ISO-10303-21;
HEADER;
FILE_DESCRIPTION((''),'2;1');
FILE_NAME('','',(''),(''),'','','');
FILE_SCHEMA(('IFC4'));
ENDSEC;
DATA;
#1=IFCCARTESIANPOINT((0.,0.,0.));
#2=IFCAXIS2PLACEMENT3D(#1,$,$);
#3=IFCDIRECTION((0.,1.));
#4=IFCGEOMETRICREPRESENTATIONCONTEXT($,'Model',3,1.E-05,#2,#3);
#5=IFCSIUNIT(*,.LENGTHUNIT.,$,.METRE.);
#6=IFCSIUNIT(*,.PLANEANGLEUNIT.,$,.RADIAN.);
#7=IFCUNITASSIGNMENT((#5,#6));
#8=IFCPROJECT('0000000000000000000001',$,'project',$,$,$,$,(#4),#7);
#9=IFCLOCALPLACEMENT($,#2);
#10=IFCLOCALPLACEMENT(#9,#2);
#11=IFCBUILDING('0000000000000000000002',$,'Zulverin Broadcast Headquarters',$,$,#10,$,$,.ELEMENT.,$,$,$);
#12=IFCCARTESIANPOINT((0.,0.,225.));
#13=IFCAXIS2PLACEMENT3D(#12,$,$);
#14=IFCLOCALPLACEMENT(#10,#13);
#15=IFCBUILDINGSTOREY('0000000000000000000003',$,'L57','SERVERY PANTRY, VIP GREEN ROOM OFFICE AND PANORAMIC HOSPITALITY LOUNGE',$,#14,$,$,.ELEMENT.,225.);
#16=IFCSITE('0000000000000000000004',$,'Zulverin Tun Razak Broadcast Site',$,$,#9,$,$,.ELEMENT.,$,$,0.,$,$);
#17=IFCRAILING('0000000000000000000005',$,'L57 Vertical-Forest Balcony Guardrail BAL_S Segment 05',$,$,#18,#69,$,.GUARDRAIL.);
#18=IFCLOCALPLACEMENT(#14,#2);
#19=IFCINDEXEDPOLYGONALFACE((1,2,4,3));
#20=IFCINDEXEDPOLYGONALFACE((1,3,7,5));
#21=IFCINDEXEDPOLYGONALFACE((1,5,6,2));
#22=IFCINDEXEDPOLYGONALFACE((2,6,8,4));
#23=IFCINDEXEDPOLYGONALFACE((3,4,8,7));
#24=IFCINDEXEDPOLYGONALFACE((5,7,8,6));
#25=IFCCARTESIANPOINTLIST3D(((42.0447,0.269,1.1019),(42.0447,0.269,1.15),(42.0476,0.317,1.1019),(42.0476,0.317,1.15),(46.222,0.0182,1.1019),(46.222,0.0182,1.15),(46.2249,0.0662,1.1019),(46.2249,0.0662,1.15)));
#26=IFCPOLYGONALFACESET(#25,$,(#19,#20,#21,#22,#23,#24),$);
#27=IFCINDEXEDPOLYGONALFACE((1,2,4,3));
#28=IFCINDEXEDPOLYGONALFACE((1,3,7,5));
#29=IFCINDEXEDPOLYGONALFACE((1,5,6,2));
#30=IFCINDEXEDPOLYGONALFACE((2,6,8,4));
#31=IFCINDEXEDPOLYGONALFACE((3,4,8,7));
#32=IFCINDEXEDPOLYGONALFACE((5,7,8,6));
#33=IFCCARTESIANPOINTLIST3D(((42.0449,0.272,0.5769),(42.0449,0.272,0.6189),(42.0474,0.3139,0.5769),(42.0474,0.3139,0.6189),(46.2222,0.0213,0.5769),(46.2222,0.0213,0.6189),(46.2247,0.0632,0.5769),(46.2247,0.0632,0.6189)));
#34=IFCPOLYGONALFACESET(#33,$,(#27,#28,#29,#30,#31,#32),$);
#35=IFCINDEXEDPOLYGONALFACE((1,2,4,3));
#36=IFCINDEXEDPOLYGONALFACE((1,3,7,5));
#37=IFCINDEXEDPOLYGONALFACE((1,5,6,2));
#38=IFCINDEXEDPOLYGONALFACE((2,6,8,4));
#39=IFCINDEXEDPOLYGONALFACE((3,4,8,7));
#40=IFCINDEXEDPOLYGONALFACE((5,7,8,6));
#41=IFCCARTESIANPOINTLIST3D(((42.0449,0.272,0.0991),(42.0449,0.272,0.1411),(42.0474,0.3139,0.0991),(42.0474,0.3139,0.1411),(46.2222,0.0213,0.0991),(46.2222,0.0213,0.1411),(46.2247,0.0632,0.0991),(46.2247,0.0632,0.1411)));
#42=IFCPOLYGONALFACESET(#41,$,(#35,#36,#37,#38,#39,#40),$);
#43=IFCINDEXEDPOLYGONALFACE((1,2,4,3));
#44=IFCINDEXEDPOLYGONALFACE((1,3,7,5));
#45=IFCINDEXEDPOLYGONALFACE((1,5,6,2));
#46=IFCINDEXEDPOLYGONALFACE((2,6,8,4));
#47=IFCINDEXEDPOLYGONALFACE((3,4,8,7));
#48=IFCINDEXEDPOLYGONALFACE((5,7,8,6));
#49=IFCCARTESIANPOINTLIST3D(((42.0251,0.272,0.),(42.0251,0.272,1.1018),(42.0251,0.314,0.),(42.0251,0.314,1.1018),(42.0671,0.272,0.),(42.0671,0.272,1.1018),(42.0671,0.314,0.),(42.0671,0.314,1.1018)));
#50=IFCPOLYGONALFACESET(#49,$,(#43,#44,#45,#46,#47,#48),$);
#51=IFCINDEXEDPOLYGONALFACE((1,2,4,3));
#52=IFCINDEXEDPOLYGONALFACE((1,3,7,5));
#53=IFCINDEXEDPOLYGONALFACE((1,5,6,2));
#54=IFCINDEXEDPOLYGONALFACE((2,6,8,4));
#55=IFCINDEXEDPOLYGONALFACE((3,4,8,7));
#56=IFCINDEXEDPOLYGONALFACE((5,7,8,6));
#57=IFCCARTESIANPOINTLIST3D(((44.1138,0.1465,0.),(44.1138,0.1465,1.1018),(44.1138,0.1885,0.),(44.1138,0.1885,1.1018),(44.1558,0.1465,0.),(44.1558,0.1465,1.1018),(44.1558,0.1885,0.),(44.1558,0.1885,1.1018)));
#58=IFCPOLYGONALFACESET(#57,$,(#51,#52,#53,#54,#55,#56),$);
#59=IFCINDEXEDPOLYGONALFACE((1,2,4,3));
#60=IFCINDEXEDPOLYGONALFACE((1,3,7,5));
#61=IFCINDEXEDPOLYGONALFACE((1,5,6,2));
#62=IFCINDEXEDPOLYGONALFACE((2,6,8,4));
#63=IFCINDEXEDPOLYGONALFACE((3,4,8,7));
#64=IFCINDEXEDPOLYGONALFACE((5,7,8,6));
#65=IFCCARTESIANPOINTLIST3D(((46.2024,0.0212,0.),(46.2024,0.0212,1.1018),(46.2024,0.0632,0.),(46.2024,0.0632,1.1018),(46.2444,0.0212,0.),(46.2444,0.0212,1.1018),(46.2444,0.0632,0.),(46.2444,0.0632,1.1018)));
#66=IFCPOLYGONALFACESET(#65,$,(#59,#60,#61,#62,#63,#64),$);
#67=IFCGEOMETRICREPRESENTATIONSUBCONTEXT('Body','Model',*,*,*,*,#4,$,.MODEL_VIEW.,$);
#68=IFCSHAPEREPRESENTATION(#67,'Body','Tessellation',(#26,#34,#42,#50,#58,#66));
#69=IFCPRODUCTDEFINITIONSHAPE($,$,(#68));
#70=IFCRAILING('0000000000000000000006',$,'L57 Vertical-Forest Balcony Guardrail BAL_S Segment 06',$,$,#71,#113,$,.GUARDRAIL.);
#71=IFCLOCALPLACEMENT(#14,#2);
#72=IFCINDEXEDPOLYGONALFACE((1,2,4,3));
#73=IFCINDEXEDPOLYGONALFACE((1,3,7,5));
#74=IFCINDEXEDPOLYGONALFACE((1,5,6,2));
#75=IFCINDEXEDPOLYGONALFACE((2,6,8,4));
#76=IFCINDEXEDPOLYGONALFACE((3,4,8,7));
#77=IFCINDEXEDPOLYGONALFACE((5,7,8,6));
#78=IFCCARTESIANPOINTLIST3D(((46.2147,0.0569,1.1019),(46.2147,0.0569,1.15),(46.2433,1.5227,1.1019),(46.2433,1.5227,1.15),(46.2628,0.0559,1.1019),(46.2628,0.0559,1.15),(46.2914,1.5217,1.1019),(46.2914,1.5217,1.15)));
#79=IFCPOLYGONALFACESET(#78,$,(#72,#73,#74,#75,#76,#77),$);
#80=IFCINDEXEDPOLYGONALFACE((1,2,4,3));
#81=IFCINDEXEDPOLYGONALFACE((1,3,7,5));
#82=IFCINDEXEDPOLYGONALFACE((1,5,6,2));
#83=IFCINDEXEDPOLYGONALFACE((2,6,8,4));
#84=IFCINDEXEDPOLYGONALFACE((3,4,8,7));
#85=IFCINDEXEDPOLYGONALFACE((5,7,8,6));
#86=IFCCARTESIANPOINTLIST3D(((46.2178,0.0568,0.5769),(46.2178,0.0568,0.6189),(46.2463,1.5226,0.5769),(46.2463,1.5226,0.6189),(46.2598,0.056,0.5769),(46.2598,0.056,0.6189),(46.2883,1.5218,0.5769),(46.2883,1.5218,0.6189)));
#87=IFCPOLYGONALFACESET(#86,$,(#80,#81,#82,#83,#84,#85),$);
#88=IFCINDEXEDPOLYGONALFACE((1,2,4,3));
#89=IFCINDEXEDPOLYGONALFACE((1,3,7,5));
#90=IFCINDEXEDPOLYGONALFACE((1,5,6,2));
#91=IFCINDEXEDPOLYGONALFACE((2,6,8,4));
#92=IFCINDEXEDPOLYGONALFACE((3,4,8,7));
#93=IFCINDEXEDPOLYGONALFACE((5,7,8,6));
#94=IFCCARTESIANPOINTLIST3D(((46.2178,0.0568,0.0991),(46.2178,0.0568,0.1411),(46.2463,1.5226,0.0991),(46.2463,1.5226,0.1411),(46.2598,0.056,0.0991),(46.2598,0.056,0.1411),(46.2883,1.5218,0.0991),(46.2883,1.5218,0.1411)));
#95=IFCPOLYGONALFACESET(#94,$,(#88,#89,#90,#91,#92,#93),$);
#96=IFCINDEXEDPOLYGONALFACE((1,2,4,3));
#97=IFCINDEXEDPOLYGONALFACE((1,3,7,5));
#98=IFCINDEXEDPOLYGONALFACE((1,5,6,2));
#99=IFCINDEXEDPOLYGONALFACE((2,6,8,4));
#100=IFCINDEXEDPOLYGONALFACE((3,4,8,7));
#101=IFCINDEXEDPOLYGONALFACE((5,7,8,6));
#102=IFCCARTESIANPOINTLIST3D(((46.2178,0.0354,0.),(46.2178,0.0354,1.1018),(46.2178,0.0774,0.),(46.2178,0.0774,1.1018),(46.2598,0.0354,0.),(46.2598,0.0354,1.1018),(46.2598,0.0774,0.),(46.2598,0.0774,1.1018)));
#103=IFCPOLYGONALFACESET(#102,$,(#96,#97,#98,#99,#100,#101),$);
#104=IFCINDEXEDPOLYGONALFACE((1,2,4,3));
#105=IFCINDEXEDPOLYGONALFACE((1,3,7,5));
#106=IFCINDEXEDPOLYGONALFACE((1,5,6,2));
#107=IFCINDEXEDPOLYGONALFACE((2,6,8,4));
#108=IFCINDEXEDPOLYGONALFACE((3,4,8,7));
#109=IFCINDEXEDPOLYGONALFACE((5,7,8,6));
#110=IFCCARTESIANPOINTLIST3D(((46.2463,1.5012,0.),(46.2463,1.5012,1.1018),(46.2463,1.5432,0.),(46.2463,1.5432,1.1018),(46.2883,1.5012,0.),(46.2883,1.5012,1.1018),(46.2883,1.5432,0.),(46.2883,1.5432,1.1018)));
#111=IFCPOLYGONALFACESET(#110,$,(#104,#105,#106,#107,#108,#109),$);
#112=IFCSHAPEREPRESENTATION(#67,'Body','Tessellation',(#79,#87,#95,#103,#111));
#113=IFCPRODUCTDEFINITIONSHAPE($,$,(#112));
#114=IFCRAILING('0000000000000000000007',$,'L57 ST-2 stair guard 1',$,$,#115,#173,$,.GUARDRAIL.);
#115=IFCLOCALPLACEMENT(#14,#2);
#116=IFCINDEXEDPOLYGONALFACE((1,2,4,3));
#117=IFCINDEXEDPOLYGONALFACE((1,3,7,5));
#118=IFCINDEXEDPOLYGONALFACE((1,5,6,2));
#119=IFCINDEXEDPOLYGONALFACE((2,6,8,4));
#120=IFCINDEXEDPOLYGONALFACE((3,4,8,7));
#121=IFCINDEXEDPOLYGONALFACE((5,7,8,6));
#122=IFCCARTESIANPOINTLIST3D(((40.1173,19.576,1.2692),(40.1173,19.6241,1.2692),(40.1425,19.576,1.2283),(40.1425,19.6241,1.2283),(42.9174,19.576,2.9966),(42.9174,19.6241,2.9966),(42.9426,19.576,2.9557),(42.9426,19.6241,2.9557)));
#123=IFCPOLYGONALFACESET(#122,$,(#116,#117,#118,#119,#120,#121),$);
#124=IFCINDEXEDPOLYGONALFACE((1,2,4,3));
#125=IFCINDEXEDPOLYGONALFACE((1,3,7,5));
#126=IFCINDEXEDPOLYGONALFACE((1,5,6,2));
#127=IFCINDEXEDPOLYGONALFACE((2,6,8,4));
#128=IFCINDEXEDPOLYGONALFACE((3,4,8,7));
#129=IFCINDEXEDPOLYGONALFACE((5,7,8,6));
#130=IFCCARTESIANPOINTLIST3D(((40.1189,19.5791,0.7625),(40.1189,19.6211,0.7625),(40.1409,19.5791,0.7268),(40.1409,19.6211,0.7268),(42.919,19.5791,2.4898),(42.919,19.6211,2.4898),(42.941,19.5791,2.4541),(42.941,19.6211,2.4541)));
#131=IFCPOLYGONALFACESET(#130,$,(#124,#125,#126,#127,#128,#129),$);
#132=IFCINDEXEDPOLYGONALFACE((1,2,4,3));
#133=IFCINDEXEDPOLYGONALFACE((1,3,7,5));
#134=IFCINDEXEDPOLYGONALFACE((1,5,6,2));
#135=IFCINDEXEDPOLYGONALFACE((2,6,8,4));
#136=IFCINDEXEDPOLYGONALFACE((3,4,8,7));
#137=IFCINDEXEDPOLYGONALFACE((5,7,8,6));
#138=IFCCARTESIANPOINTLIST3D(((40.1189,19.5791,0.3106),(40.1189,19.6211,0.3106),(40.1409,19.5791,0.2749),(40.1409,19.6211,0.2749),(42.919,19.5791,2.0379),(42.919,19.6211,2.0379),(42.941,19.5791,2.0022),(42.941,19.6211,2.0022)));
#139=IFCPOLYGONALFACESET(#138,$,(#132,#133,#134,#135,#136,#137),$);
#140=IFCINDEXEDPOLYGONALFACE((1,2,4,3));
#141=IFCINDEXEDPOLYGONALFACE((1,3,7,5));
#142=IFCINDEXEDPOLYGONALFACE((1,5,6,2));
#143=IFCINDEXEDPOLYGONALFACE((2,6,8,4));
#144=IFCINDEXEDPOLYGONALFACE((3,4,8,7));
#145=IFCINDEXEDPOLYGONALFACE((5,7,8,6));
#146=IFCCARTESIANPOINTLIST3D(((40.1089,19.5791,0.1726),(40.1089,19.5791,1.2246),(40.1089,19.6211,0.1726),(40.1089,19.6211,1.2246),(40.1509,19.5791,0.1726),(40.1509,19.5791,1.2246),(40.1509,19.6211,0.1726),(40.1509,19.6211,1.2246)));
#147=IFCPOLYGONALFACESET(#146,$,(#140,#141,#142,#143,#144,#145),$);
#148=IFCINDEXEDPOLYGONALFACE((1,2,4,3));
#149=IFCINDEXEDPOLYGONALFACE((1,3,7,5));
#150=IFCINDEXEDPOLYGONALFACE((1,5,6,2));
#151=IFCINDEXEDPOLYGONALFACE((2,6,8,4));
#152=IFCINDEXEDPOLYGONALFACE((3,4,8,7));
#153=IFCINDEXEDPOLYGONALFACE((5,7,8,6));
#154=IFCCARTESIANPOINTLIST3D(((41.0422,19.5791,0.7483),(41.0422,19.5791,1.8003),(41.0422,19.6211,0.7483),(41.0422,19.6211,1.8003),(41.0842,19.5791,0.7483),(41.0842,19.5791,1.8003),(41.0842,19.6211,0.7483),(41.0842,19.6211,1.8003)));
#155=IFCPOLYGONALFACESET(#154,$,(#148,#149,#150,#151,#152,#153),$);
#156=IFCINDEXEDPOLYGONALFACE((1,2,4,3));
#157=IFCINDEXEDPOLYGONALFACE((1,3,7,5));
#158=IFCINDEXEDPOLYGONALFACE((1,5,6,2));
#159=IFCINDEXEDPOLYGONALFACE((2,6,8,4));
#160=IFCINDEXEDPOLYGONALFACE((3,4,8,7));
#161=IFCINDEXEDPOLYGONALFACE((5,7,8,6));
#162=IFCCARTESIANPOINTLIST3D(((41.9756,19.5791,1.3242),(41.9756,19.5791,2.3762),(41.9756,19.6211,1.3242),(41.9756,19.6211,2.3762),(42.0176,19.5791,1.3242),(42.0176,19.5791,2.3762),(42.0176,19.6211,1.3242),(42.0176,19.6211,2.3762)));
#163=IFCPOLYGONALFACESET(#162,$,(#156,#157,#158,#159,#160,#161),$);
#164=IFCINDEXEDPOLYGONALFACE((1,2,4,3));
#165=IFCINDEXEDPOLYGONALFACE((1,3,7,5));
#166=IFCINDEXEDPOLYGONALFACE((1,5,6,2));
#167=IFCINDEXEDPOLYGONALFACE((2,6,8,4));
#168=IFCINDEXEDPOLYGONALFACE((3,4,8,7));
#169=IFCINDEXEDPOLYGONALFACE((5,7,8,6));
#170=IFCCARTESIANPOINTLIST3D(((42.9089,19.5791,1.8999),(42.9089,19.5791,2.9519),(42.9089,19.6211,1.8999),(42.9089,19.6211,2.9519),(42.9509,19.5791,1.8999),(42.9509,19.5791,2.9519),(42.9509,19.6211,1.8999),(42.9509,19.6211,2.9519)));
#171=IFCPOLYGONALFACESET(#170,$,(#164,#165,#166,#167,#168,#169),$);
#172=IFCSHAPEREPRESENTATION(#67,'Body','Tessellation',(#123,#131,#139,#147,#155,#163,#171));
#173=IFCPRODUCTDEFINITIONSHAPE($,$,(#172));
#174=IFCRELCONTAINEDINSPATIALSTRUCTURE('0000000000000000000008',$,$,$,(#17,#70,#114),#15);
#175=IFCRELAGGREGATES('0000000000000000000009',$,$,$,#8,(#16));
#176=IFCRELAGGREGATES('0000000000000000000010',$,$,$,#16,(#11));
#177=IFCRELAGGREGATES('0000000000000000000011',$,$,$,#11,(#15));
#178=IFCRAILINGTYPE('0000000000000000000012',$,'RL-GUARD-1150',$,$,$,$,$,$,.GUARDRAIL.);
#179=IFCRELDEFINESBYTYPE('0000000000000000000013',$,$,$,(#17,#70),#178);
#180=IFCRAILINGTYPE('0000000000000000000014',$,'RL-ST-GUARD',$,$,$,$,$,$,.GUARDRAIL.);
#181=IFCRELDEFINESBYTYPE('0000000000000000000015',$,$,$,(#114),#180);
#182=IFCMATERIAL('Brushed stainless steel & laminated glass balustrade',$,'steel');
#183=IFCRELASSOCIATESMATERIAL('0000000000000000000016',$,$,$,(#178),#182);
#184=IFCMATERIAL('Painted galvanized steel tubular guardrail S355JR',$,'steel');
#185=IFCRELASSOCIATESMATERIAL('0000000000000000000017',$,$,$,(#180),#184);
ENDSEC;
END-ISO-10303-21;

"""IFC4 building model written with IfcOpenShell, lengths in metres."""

from ifc_helpers import new_model, si_unit, direction, frame, origin, origin_2d, place, context, subcontext, project, spatial, rectangle, extrude, material, type_object, element, save


model = new_model("IFC4")

# Units and contexts
model_context = context("Model", 3, precision=1e-05, world=origin(), true_north=direction((0.0, 1.0)))
body_context = subcontext(model_context, "Body", "Model", "MODEL_VIEW")
ifc_project = project(units=[si_unit("LENGTHUNIT", "METRE"), si_unit("PLANEANGLEUNIT", "RADIAN")], contexts=[model_context])

# Site, building, storey
site_placement = place(None, origin())
site = spatial("IfcSite", under=ifc_project, at=site_placement, Name="Zulverin Tun Razak Broadcast Site", CompositionType="ELEMENT", RefElevation=0.0)
building_placement = place(site_placement, origin())
building = spatial("IfcBuilding", under=site, at=building_placement, Name="Zulverin Broadcast Headquarters", CompositionType="ELEMENT")
storey_placement = place(building_placement, frame((0.0, 0.0, 225.0)))
storey = spatial("IfcBuildingStorey", under=building, at=storey_placement, Name="L57", Description="SERVERY PANTRY, VIP GREEN ROOM OFFICE AND PANORAMIC HOSPITALITY LOUNGE", CompositionType="ELEMENT", Elevation=225.0)

# Railings
ifc_material_1 = material(Name="Brushed stainless steel & laminated glass balustrade", Category="steel")
railing_type_1 = type_object("IfcRailingType", Name="RL-GUARD-1150", PredefinedType="GUARDRAIL", material=ifc_material_1)
railing_1_placement = place(storey_placement, frame((42.0461, 0.293, 0.0)))
element("IfcRailing", 1, at=railing_1_placement, inside=storey, type_object=railing_type_1, Name="L57 Vertical-Forest Balcony Guardrail BAL_S Segment 05", PredefinedType="GUARDRAIL", context=body_context, shape_type="SweptSolid", body=[
    extrude(rectangle(XDim=0.0481, YDim=0.0481, at=origin_2d()), frame((0.0, 0.0, 1.126), z_axis=(0.998203, -0.059916, 0.0), x_axis=(0.059916, 0.998203, 0.0)), (0.0, 0.0, 1.0), 4.1848),
    extrude(rectangle(XDim=0.042, YDim=0.042, at=origin_2d()), frame((0.0, 0.0, 0.5979), z_axis=(0.998203, -0.059916, 0.0), x_axis=(0.059916, 0.998203, 0.0)), (0.0, 0.0, 1.0), 4.1848),
    extrude(rectangle(XDim=0.042, YDim=0.042, at=origin_2d()), frame((0.0, 0.0, 0.1201), z_axis=(0.998203, -0.059916, 0.0), x_axis=(0.059916, 0.998203, 0.0)), (0.0, 0.0, 1.0), 4.1848),
    extrude(rectangle(XDim=0.042, YDim=0.042, at=origin_2d()), origin(), (0.0, 0.0, 1.0), 1.1018),
    extrude(rectangle(XDim=0.042, YDim=0.042, at=origin_2d()), frame((2.0886, -0.1255, 0.0)), (0.0, 0.0, 1.0), 1.1018),
    extrude(rectangle(XDim=0.042, YDim=0.042, at=origin_2d()), frame((4.1772, -0.2507, 0.0)), (0.0, 0.0, 1.0), 1.1018),
])
railing_2_placement = place(storey_placement, frame((46.2388, 0.0564, 0.0)))
element("IfcRailing", 2, at=railing_2_placement, inside=storey, type_object=railing_type_1, Name="L57 Vertical-Forest Balcony Guardrail BAL_S Segment 06", PredefinedType="GUARDRAIL", context=body_context, shape_type="SweptSolid", body=[
    extrude(rectangle(XDim=0.0481, YDim=0.0481, at=origin_2d()), frame((0.0, 0.0, 1.126), z_axis=(0.019483, 0.99981, 0.0), x_axis=(-0.99981, 0.019483, 0.0)), (0.0, 0.0, 1.0), 1.4661),
    extrude(rectangle(XDim=0.042, YDim=0.042, at=origin_2d()), frame((0.0, 0.0, 0.5979), z_axis=(0.019483, 0.99981, 0.0), x_axis=(-0.99981, 0.019483, 0.0)), (0.0, 0.0, 1.0), 1.4661),
    extrude(rectangle(XDim=0.042, YDim=0.042, at=origin_2d()), frame((0.0, 0.0, 0.1201), z_axis=(0.019483, 0.99981, 0.0), x_axis=(-0.99981, 0.019483, 0.0)), (0.0, 0.0, 1.0), 1.4661),
    extrude(rectangle(XDim=0.042, YDim=0.042, at=origin_2d()), origin(), (0.0, 0.0, 1.0), 1.1018),
    extrude(rectangle(XDim=0.042, YDim=0.042, at=origin_2d()), frame((0.0286, 1.4658, 0.0)), (0.0, 0.0, 1.0), 1.1018),
])
ifc_material_2 = material(Name="Painted galvanized steel tubular guardrail S355JR", Category="steel")
railing_type_2 = type_object("IfcRailingType", Name="RL-ST-GUARD", PredefinedType="GUARDRAIL", material=ifc_material_2)
railing_3_placement = place(storey_placement, frame((40.1299, 19.6001, 0.1726)))
element("IfcRailing", 3, at=railing_3_placement, inside=storey, type_object=railing_type_2, Name="L57 ST-2 stair guard 1", PredefinedType="GUARDRAIL", context=body_context, shape_type="SweptSolid", body=[
    extrude(rectangle(XDim=0.0481, YDim=0.0481, at=origin_2d()), frame((0.0, 0.0, 1.0762), z_axis=(0.85109, 0.0, 0.52502), x_axis=(0.0, 1.0, 0.0)), (0.0, 0.0, 1.0), 3.29),
    extrude(rectangle(XDim=0.042, YDim=0.042, at=origin_2d()), frame((0.0, 0.0, 0.572), z_axis=(0.85109, 0.0, 0.52502), x_axis=(0.0, 1.0, 0.0)), (0.0, 0.0, 1.0), 3.29),
    extrude(rectangle(XDim=0.042, YDim=0.042, at=origin_2d()), frame((0.0, 0.0, 0.1201), z_axis=(0.85109, 0.0, 0.52502), x_axis=(0.0, 1.0, 0.0)), (0.0, 0.0, 1.0), 3.29),
    extrude(rectangle(XDim=0.042, YDim=0.042, at=origin_2d()), origin(), (0.0, 0.0, 1.0), 1.052),
    extrude(rectangle(XDim=0.042, YDim=0.042, at=origin_2d()), frame((0.9333, 0.0, 0.5757)), (0.0, 0.0, 1.0), 1.052),
    extrude(rectangle(XDim=0.042, YDim=0.042, at=origin_2d()), frame((1.8667, 0.0, 1.1516)), (0.0, 0.0, 1.0), 1.052),
    extrude(rectangle(XDim=0.042, YDim=0.042, at=origin_2d()), frame((2.8, 0.0, 1.7273)), (0.0, 0.0, 1.0), 1.052),
])

save(model, "model.ifc")
